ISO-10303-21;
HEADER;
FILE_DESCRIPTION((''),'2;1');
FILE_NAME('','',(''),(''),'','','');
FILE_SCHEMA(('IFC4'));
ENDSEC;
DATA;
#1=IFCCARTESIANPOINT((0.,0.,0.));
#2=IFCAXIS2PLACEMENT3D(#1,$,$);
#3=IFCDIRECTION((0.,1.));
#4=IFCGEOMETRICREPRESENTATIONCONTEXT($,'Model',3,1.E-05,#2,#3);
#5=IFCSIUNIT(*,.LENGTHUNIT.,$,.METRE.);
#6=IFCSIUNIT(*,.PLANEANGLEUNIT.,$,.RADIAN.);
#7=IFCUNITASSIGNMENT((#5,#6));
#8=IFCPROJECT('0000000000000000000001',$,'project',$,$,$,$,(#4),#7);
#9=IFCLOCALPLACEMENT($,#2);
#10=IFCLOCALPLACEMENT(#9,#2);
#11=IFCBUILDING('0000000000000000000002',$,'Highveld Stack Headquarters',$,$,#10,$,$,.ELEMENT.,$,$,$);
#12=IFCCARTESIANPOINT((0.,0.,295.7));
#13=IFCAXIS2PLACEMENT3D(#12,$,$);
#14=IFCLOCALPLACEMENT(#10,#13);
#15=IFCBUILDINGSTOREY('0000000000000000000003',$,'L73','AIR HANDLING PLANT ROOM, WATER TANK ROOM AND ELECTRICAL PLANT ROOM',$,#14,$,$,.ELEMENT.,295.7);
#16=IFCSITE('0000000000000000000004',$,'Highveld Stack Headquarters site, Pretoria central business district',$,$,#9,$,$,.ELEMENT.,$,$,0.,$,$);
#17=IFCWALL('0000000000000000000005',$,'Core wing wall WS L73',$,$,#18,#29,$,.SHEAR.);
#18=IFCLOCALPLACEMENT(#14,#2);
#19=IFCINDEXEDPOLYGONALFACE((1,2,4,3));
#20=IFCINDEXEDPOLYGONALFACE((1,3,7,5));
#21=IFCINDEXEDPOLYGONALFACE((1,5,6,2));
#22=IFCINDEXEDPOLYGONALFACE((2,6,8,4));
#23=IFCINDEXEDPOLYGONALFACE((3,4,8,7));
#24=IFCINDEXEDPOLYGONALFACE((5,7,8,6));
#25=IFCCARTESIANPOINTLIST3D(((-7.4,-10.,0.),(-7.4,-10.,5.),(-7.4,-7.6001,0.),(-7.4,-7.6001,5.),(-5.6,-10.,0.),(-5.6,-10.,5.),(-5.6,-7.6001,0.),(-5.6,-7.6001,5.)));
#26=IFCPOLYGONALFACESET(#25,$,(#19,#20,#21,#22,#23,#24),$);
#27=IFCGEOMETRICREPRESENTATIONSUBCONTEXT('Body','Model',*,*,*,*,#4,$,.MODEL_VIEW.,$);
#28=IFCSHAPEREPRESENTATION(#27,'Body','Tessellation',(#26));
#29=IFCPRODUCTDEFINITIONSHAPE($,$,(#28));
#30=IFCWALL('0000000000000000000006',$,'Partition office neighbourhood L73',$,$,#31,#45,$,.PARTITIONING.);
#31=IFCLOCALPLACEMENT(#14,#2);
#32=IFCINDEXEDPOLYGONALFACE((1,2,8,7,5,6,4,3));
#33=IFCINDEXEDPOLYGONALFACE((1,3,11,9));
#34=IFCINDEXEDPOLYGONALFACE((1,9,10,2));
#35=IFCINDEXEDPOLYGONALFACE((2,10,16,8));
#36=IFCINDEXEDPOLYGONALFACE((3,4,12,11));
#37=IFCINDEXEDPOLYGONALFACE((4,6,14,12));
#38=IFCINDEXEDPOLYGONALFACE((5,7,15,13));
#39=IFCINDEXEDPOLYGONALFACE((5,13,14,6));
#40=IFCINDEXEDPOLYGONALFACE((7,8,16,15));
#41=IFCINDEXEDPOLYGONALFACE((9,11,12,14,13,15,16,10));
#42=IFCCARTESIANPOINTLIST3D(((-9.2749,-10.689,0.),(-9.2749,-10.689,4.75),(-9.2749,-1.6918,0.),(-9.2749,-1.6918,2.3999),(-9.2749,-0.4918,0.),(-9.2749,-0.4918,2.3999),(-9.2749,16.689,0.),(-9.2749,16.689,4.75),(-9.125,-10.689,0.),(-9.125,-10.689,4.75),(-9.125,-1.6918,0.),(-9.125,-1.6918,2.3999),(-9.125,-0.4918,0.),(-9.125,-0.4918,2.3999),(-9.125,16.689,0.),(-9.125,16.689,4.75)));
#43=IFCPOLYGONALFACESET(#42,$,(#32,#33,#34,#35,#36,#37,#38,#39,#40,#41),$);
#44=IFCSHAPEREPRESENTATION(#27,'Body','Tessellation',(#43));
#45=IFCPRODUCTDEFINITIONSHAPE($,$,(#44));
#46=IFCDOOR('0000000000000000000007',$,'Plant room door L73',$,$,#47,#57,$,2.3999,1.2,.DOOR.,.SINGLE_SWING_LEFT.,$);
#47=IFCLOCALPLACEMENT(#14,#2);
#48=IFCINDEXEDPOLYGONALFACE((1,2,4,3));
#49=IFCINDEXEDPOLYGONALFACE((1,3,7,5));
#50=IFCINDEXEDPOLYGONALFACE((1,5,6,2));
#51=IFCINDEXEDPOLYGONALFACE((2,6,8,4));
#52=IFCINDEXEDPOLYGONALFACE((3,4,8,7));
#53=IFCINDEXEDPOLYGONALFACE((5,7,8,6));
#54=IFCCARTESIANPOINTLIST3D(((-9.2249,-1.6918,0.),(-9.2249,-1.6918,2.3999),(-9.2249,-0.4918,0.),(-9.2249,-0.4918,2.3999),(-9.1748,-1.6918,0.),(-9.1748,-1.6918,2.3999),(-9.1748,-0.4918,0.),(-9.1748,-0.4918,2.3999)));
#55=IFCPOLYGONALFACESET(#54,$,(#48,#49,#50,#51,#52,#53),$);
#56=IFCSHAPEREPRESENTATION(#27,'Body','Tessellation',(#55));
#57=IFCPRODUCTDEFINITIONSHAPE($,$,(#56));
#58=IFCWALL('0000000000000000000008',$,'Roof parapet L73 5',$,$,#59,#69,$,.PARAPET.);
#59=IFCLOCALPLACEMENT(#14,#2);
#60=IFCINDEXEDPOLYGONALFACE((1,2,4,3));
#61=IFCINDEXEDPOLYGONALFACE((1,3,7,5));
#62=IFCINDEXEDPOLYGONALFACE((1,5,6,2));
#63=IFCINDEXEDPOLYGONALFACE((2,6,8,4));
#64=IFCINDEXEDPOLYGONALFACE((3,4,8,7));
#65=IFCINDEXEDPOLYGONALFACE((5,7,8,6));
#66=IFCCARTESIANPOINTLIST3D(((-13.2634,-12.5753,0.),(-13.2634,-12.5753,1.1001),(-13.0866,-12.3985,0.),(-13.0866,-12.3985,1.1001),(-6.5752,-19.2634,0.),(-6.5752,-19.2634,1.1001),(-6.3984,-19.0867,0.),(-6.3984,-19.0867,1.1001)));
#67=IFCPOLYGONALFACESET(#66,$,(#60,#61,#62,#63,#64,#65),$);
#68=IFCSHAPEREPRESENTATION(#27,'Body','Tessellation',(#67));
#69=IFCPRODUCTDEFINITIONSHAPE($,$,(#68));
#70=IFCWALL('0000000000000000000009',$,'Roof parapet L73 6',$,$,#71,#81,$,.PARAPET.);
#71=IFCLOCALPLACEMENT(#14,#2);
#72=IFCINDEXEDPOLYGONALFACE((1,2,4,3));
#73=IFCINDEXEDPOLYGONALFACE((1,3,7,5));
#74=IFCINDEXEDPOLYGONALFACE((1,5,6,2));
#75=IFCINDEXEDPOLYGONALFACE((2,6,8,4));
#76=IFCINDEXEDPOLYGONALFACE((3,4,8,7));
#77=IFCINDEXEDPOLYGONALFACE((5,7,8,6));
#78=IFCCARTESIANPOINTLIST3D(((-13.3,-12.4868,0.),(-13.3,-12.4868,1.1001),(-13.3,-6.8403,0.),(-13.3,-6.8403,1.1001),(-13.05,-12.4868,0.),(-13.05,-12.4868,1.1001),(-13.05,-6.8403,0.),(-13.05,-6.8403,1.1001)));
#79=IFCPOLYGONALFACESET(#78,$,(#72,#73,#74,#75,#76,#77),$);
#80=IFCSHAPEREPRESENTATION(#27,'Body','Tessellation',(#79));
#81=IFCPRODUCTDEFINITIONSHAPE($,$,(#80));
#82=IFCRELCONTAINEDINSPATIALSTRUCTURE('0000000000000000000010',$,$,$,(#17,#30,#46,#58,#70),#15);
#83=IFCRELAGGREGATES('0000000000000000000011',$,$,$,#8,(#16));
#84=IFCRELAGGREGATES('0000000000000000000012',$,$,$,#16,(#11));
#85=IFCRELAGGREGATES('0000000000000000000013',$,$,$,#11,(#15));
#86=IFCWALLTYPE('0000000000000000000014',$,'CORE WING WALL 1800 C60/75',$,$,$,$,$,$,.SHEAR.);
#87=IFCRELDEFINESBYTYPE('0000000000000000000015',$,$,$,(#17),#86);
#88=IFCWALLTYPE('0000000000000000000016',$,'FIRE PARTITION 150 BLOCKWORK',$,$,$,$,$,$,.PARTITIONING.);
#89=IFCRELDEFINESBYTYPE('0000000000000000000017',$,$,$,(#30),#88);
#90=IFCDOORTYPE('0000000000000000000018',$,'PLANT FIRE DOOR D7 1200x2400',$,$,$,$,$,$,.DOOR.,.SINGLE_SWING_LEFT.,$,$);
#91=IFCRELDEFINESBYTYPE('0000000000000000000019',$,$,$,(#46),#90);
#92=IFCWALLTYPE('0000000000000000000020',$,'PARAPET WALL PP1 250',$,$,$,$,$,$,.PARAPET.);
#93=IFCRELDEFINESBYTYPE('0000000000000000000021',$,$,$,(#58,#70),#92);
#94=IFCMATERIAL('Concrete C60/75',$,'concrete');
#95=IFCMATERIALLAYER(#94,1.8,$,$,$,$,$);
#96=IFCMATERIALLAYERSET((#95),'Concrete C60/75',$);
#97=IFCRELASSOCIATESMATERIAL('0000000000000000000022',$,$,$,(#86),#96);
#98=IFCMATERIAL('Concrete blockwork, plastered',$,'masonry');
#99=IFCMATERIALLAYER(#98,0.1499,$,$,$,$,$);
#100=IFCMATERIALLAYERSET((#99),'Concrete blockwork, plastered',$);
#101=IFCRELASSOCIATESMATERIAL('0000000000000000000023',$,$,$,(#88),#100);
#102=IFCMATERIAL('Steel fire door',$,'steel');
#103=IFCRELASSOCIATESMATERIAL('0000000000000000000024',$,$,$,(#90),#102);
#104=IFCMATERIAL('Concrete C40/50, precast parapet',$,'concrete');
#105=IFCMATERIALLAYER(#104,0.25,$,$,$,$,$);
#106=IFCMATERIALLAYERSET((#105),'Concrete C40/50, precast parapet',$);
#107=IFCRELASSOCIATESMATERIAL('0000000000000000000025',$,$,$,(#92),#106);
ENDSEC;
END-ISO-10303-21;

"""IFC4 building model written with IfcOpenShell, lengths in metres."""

from ifc_helpers import new_model, si_unit, direction, frame, frame_2d, origin, place, context, subcontext, project, spatial, rectangle, extrude, material, layer, layer_set, type_object, element, fill, save


model = new_model("IFC4")

# Units and contexts
model_context = context("Model", 3, precision=1e-05, world=origin(), true_north=direction((0.0, 1.0)))
body_context = subcontext(model_context, "Body", "Model", "MODEL_VIEW")
ifc_project = project(units=[si_unit("LENGTHUNIT", "METRE"), si_unit("PLANEANGLEUNIT", "RADIAN")], contexts=[model_context])

# Site, building, storey
site_placement = place(None, origin())
site = spatial("IfcSite", under=ifc_project, at=site_placement, Name="Highveld Stack Headquarters site, Pretoria central business district", CompositionType="ELEMENT", RefElevation=0.0)
building_placement = place(site_placement, origin())
building = spatial("IfcBuilding", under=site, at=building_placement, Name="Highveld Stack Headquarters", CompositionType="ELEMENT")
storey_placement = place(building_placement, frame((0.0, 0.0, 295.7)))
storey = spatial("IfcBuildingStorey", under=building, at=storey_placement, Name="L73", Description="AIR HANDLING PLANT ROOM, WATER TANK ROOM AND ELECTRICAL PLANT ROOM", CompositionType="ELEMENT", Elevation=295.7)

# Wall
ifc_material_1 = material(Name="Concrete C60/75", Category="concrete")
ifc_layer_1 = layer(ifc_material_1, 1.8)
ifc_layer_set_1 = layer_set([ifc_layer_1], Name="Concrete C60/75")
wall_type_1 = type_object("IfcWallType", Name="CORE WING WALL 1800 C60/75", PredefinedType="SHEAR", material=ifc_layer_set_1)
wall_1_placement = place(storey_placement, frame((-6.5, -10.0, 0.0), z_axis=(0.0, 0.0, 1.0), x_axis=(0.0, 1.0, 0.0)))
element("IfcWall", 1, at=wall_1_placement, inside=storey, type_object=wall_type_1, Name="Core wing wall WS L73", PredefinedType="SHEAR", context=body_context, shape_type="SweptSolid", body=[
    extrude(rectangle(XDim=2.3999, YDim=1.8, at=frame_2d((1.2, 0.0))), origin(), (0.0, 0.0, 1.0), 5.0),
])

# Wall, opening, door
ifc_material_2 = material(Name="Concrete blockwork, plastered", Category="masonry")
ifc_layer_2 = layer(ifc_material_2, 0.1499)
ifc_layer_set_2 = layer_set([ifc_layer_2], Name="Concrete blockwork, plastered")
wall_type_2 = type_object("IfcWallType", Name="FIRE PARTITION 150 BLOCKWORK", PredefinedType="PARTITIONING", material=ifc_layer_set_2)
wall_2_placement = place(storey_placement, frame((-9.2, -10.689, 0.0), z_axis=(0.0, 0.0, 1.0), x_axis=(0.0, 1.0, 0.0)))
wall_2 = element("IfcWall", 2, at=wall_2_placement, inside=storey, type_object=wall_type_2, Name="Partition office neighbourhood L73", PredefinedType="PARTITIONING", context=body_context, shape_type="SweptSolid", body=[
    extrude(rectangle(XDim=27.3779, YDim=0.1499, at=frame_2d((13.689, 0.0))), origin(), (0.0, 0.0, 1.0), 4.75),
])
opening_placement = place(wall_2_placement, frame((8.9971, 0.0, 0.0)))
opening = element("IfcOpeningElement", 3, at=opening_placement, cuts=wall_2, PredefinedType="OPENING", context=body_context, shape_type="SweptSolid", body=[
    extrude(rectangle(XDim=1.2, YDim=2.3999, at=frame_2d((0.6001, 1.2))), frame((0.0, 0.085, 0.0), z_axis=(0.0, -1.0, 0.0), x_axis=(1.0, 0.0, 0.0)), (0.0, 0.0, 1.0), 0.1699),
])
ifc_material_3 = material(Name="Steel fire door", Category="steel")
door_type = type_object("IfcDoorType", Name="PLANT FIRE DOOR D7 1200x2400", OperationType="SINGLE_SWING_LEFT", PredefinedType="DOOR", material=ifc_material_3)
door_placement = place(opening_placement, origin())
door = element("IfcDoor", 4, at=door_placement, inside=storey, type_object=door_type, Name="Plant room door L73", OperationType="SINGLE_SWING_LEFT", OverallHeight=2.3999, OverallWidth=1.2, PredefinedType="DOOR", context=body_context, shape_type="SweptSolid", body=[
    extrude(rectangle(XDim=1.2, YDim=2.3999, at=frame_2d((0.6001, 1.2))), frame((0.0, 0.0249, 0.0), z_axis=(0.0, -1.0, 0.0), x_axis=(1.0, 0.0, 0.0)), (0.0, 0.0, 1.0), 0.05),
])
fill(opening, door)

# Walls
ifc_material_4 = material(Name="Concrete C40/50, precast parapet", Category="concrete")
ifc_layer_3 = layer(ifc_material_4, 0.25)
ifc_layer_set_3 = layer_set([ifc_layer_3], Name="Concrete C40/50, precast parapet")
wall_type_3 = type_object("IfcWallType", Name="PARAPET WALL PP1 250", PredefinedType="PARAPET", material=ifc_layer_set_3)
wall_3_placement = place(storey_placement, frame((-6.4868, -19.175, 0.0), z_axis=(0.0, 0.0, 1.0), x_axis=(-0.707107, 0.707107, 0.0)))
element("IfcWall", 5, at=wall_3_placement, inside=storey, type_object=wall_type_3, Name="Roof parapet L73 5", PredefinedType="PARAPET", context=body_context, shape_type="SweptSolid", body=[
    extrude(rectangle(XDim=9.4585, YDim=0.25, at=frame_2d((4.7292, 0.0))), origin(), (0.0, 0.0, 1.0), 1.1001),
])
wall_4_placement = place(storey_placement, frame((-13.175, -12.4868, 0.0), z_axis=(0.0, 0.0, 1.0), x_axis=(0.0, 1.0, 0.0)))
element("IfcWall", 6, at=wall_4_placement, inside=storey, type_object=wall_type_3, Name="Roof parapet L73 6", PredefinedType="PARAPET", context=body_context, shape_type="SweptSolid", body=[
    extrude(rectangle(XDim=5.6465, YDim=0.25, at=frame_2d((2.8232, 0.0))), origin(), (0.0, 0.0, 1.0), 1.1001),
])

save(model, "model.ifc")
